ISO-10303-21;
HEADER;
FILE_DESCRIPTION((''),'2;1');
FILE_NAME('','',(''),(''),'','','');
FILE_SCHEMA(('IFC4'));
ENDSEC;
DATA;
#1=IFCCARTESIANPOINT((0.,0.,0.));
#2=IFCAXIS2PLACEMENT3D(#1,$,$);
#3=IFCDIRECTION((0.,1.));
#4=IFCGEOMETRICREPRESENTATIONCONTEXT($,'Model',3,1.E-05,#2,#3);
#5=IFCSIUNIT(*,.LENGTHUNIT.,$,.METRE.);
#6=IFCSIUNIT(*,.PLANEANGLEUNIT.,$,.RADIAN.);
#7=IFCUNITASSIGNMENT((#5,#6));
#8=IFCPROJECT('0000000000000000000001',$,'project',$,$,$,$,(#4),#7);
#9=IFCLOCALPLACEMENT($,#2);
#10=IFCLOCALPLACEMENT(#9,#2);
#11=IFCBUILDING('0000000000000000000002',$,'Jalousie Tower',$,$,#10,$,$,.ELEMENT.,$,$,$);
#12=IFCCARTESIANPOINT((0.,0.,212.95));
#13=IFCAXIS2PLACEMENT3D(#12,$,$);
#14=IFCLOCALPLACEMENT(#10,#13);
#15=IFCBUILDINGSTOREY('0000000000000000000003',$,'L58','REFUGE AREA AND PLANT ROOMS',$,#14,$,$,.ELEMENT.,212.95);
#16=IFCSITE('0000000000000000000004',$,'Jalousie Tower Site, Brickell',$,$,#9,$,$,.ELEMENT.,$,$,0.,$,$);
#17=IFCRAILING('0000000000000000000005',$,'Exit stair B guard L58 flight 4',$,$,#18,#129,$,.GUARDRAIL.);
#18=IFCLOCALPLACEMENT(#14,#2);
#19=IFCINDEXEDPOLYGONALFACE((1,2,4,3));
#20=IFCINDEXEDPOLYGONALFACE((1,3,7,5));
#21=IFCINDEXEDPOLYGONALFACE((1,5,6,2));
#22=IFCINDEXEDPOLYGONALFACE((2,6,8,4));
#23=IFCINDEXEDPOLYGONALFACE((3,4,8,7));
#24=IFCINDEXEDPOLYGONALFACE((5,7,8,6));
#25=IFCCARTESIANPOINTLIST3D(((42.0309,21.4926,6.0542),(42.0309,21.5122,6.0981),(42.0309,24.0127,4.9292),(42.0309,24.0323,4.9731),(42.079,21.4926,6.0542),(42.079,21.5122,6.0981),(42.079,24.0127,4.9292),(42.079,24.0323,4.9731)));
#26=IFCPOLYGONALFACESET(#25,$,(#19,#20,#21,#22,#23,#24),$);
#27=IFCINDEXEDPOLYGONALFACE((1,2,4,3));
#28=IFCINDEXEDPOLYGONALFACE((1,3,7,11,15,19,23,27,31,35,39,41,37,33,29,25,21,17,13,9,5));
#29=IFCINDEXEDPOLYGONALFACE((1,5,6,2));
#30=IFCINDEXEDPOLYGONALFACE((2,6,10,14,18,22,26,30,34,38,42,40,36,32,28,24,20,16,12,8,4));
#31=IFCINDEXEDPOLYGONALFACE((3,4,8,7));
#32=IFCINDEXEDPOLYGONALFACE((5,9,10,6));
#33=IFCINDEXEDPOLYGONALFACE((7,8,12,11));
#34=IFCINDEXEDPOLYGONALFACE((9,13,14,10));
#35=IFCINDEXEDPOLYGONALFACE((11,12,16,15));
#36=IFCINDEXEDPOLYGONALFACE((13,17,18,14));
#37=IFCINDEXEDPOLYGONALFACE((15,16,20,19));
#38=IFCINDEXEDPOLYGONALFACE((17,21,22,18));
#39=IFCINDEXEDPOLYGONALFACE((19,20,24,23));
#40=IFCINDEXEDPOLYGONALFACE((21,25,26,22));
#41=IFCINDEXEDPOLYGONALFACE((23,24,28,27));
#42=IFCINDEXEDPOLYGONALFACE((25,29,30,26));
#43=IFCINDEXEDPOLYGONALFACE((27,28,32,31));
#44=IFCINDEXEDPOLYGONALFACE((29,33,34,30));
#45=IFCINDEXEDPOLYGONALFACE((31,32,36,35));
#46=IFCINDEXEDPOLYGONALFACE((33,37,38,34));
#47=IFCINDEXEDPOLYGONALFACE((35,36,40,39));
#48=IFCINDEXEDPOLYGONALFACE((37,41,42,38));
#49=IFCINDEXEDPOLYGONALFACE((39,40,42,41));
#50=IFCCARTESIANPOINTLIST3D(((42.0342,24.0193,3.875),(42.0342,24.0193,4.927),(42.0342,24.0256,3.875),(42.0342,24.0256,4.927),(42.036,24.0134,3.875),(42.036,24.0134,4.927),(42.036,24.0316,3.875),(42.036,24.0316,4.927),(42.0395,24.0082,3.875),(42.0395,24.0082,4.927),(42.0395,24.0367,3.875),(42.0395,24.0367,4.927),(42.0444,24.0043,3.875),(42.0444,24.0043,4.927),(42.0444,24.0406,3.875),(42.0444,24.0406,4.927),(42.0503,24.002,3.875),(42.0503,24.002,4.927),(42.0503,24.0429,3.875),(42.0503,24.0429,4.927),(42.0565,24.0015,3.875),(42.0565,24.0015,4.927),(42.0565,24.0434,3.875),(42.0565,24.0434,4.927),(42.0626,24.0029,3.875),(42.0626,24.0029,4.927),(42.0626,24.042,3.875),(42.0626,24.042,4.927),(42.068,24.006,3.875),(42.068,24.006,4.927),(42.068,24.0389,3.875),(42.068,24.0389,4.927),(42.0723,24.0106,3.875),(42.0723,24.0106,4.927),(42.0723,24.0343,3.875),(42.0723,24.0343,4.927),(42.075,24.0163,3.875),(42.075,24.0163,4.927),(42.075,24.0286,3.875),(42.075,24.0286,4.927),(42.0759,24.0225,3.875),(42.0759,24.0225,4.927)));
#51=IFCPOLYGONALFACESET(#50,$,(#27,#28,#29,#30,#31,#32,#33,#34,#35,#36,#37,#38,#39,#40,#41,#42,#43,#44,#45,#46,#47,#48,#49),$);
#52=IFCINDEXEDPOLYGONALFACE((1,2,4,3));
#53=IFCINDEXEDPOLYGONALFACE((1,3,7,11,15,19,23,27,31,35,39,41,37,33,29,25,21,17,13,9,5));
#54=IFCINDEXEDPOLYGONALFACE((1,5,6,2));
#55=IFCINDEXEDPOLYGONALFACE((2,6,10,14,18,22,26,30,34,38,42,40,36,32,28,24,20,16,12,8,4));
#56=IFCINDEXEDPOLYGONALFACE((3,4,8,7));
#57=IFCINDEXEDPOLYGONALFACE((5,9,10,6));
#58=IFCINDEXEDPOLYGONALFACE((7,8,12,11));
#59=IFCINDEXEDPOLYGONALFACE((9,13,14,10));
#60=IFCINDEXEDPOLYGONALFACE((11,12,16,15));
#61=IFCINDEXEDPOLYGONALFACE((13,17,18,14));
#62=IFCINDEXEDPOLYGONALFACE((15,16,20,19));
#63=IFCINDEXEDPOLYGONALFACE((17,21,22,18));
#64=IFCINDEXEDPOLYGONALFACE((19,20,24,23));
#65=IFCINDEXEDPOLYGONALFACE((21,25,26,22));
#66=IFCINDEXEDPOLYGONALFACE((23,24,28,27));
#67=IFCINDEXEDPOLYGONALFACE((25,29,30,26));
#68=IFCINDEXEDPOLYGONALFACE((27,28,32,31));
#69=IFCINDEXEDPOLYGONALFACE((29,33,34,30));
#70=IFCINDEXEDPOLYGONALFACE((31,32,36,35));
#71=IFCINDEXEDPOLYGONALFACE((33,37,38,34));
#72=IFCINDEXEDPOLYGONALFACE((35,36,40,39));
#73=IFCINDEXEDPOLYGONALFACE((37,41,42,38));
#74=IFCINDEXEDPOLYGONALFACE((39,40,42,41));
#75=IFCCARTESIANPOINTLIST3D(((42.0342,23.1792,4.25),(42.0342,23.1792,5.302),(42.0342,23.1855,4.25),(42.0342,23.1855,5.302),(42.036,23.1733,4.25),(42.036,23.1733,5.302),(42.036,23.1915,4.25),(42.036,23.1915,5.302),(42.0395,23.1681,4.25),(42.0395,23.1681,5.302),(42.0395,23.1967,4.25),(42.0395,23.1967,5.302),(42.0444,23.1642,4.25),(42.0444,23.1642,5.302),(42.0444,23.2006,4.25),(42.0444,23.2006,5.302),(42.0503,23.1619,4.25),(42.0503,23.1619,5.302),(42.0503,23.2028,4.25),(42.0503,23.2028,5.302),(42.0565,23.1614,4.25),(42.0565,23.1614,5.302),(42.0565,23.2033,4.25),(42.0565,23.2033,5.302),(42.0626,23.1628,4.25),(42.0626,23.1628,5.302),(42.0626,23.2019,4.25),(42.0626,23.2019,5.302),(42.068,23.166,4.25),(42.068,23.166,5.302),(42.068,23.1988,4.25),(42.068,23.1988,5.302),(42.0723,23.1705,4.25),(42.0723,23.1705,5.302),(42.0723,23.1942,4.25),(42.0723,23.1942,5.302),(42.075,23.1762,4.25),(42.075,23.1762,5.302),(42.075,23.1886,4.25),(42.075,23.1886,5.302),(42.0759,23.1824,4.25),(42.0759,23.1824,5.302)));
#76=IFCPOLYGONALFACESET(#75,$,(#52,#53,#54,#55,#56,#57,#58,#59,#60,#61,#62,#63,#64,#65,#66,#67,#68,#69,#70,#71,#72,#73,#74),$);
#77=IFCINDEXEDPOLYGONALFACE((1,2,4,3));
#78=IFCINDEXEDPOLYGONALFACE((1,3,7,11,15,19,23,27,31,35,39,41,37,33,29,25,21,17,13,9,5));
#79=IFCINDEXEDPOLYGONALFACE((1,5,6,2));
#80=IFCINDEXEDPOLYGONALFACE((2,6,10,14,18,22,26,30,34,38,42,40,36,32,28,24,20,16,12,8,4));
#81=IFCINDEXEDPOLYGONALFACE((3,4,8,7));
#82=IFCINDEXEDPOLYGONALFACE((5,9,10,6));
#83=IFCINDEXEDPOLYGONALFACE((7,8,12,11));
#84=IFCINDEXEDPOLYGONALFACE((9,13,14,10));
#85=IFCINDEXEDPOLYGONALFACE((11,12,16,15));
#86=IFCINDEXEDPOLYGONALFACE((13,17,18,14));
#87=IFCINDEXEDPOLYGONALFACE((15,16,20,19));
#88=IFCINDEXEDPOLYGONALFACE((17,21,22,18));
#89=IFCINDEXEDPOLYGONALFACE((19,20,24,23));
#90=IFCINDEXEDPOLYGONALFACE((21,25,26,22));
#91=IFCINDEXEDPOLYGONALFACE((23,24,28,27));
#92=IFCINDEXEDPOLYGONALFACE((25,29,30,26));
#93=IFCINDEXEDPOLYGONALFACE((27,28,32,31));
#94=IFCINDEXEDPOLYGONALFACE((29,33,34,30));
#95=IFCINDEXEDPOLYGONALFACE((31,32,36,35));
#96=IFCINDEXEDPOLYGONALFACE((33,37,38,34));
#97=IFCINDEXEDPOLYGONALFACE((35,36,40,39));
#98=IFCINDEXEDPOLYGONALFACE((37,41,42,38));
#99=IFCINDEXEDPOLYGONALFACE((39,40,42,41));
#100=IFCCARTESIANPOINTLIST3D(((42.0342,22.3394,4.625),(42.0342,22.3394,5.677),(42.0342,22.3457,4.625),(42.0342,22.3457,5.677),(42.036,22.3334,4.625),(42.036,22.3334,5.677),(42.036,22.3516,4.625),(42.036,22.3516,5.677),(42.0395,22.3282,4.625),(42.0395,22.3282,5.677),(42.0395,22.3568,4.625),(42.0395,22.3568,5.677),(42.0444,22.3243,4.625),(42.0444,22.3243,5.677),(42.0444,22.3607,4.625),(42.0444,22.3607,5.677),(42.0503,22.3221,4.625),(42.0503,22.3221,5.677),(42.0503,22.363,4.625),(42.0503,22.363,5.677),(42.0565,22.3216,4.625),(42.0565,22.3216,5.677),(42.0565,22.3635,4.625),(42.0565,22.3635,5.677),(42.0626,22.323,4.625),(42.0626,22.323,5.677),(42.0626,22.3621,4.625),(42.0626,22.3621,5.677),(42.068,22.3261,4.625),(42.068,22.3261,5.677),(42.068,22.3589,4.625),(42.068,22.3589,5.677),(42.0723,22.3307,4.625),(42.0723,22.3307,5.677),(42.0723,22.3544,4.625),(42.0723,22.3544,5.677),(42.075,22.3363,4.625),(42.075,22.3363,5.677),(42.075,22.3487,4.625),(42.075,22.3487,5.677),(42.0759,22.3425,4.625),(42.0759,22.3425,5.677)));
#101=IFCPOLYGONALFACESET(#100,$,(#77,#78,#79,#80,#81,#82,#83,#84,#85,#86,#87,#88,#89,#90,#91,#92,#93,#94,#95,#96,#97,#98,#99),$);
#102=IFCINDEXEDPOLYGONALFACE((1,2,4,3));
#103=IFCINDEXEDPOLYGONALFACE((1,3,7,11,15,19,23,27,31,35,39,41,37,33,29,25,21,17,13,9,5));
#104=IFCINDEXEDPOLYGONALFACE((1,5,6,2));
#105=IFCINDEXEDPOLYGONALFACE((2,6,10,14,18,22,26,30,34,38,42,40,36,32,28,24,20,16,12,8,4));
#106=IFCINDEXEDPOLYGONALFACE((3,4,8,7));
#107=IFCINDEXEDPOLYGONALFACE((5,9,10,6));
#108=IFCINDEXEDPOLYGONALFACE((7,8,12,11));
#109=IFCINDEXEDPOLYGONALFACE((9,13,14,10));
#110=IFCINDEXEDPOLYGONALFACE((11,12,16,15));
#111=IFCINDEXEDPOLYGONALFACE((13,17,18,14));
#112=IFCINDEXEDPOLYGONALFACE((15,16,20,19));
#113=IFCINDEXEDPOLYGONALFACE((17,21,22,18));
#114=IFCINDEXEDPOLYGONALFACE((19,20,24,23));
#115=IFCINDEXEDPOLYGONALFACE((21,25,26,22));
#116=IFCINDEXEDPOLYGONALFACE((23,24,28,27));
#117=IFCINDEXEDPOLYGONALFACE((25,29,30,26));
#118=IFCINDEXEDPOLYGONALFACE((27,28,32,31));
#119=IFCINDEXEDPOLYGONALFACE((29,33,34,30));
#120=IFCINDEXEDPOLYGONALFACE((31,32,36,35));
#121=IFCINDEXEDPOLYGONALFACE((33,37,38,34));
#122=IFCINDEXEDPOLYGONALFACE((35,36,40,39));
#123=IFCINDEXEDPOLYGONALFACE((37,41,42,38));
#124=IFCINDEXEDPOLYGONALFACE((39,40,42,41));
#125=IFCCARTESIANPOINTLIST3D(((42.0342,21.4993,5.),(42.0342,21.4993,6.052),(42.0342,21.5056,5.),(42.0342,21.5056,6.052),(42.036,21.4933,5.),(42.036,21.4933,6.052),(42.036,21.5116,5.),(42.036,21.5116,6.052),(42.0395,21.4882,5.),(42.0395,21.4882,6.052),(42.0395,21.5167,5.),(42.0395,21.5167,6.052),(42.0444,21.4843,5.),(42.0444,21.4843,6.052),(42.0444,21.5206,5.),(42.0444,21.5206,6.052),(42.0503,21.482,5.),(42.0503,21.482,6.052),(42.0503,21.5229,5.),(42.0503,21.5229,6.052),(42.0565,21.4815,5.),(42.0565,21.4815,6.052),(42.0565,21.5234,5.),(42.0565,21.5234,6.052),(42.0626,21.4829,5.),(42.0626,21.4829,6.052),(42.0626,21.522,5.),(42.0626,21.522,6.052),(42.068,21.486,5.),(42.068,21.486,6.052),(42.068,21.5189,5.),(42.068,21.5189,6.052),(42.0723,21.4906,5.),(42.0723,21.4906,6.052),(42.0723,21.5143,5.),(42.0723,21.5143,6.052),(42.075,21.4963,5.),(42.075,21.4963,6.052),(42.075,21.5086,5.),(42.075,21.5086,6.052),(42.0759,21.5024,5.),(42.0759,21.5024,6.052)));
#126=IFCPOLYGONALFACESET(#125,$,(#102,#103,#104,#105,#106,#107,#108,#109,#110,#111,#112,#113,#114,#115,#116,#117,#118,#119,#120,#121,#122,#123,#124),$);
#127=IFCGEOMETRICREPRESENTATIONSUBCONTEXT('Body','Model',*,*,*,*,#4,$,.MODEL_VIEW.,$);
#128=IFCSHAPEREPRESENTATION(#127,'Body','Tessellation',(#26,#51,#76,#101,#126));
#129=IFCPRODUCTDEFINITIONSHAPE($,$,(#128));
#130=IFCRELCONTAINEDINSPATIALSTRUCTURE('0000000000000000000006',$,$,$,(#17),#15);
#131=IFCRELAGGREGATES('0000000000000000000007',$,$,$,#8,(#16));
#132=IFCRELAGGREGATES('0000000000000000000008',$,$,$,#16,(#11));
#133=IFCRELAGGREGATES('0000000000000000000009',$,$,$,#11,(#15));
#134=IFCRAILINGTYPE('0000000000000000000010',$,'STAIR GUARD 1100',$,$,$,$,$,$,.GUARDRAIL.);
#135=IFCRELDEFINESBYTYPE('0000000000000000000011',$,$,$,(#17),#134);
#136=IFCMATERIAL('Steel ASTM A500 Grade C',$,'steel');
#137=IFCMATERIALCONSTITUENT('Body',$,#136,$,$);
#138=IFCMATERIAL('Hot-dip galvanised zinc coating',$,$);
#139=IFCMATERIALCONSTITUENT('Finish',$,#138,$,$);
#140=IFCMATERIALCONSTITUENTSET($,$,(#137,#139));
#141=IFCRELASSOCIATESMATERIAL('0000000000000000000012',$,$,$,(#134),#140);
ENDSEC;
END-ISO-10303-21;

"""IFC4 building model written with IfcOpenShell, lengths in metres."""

from ifc_helpers import new_model, si_unit, direction, frame, origin, origin_2d, place, context, subcontext, project, spatial, rectangle, circle, extrude, material, constituent, constituent_set, type_object, element, save


model = new_model("IFC4")

# Units and contexts
model_context = context("Model", 3, precision=1e-05, world=origin(), true_north=direction((0.0, 1.0)))
body_context = subcontext(model_context, "Body", "Model", "MODEL_VIEW")
ifc_project = project(units=[si_unit("LENGTHUNIT", "METRE"), si_unit("PLANEANGLEUNIT", "RADIAN")], contexts=[model_context])

# Site, building, storey
site_placement = place(None, origin())
site = spatial("IfcSite", under=ifc_project, at=site_placement, Name="Jalousie Tower Site, Brickell", CompositionType="ELEMENT", RefElevation=0.0)
building_placement = place(site_placement, origin())
building = spatial("IfcBuilding", under=site, at=building_placement, Name="Jalousie Tower", CompositionType="ELEMENT")
storey_placement = place(building_placement, frame((0.0, 0.0, 212.95)))
storey = spatial("IfcBuildingStorey", under=building, at=storey_placement, Name="L58", Description="REFUGE AREA AND PLANT ROOMS", CompositionType="ELEMENT", Elevation=212.95)

# Railing
ifc_material_1 = material(Name="Steel ASTM A500 Grade C", Category="steel")
ifc_constituent_1 = constituent(ifc_material_1, Name="Body")
ifc_material_2 = material(Name="Hot-dip galvanised zinc coating")
ifc_constituent_2 = constituent(ifc_material_2, Name="Finish")
ifc_constituent_set_1 = constituent_set(constituents=[ifc_constituent_1, ifc_constituent_2])
railing_type_1 = type_object("IfcRailingType", Name="STAIR GUARD 1100", PredefinedType="GUARDRAIL", material=ifc_constituent_set_1)
railing_1_placement = place(storey_placement, frame((42.0549, 24.0225, 3.875)))
element("IfcRailing", 1, at=railing_1_placement, inside=storey, type_object=railing_type_1, Name="Exit stair B guard L58 flight 4", PredefinedType="GUARDRAIL", context=body_context, shape_type="SweptSolid", body=[
    extrude(rectangle(XDim=0.0481, YDim=0.0481, at=origin_2d()), frame((0.0, 0.0, 1.0762), z_axis=(0.0, -0.913139, 0.407648), x_axis=(1.0, 0.0, 0.0)), (0.0, 0.0, 1.0), 2.7598),
    extrude(circle(Radius=0.021, at=origin_2d()), origin(), (0.0, 0.0, 1.0), 1.052),
    extrude(circle(Radius=0.021, at=origin_2d()), frame((0.0, -0.8401, 0.375)), (0.0, 0.0, 1.0), 1.052),
    extrude(circle(Radius=0.021, at=origin_2d()), frame((0.0, -1.6799, 0.75)), (0.0, 0.0, 1.0), 1.052),
    extrude(circle(Radius=0.021, at=origin_2d()), frame((0.0, -2.52, 1.125)), (0.0, 0.0, 1.0), 1.052),
])

save(model, "model.ifc")
